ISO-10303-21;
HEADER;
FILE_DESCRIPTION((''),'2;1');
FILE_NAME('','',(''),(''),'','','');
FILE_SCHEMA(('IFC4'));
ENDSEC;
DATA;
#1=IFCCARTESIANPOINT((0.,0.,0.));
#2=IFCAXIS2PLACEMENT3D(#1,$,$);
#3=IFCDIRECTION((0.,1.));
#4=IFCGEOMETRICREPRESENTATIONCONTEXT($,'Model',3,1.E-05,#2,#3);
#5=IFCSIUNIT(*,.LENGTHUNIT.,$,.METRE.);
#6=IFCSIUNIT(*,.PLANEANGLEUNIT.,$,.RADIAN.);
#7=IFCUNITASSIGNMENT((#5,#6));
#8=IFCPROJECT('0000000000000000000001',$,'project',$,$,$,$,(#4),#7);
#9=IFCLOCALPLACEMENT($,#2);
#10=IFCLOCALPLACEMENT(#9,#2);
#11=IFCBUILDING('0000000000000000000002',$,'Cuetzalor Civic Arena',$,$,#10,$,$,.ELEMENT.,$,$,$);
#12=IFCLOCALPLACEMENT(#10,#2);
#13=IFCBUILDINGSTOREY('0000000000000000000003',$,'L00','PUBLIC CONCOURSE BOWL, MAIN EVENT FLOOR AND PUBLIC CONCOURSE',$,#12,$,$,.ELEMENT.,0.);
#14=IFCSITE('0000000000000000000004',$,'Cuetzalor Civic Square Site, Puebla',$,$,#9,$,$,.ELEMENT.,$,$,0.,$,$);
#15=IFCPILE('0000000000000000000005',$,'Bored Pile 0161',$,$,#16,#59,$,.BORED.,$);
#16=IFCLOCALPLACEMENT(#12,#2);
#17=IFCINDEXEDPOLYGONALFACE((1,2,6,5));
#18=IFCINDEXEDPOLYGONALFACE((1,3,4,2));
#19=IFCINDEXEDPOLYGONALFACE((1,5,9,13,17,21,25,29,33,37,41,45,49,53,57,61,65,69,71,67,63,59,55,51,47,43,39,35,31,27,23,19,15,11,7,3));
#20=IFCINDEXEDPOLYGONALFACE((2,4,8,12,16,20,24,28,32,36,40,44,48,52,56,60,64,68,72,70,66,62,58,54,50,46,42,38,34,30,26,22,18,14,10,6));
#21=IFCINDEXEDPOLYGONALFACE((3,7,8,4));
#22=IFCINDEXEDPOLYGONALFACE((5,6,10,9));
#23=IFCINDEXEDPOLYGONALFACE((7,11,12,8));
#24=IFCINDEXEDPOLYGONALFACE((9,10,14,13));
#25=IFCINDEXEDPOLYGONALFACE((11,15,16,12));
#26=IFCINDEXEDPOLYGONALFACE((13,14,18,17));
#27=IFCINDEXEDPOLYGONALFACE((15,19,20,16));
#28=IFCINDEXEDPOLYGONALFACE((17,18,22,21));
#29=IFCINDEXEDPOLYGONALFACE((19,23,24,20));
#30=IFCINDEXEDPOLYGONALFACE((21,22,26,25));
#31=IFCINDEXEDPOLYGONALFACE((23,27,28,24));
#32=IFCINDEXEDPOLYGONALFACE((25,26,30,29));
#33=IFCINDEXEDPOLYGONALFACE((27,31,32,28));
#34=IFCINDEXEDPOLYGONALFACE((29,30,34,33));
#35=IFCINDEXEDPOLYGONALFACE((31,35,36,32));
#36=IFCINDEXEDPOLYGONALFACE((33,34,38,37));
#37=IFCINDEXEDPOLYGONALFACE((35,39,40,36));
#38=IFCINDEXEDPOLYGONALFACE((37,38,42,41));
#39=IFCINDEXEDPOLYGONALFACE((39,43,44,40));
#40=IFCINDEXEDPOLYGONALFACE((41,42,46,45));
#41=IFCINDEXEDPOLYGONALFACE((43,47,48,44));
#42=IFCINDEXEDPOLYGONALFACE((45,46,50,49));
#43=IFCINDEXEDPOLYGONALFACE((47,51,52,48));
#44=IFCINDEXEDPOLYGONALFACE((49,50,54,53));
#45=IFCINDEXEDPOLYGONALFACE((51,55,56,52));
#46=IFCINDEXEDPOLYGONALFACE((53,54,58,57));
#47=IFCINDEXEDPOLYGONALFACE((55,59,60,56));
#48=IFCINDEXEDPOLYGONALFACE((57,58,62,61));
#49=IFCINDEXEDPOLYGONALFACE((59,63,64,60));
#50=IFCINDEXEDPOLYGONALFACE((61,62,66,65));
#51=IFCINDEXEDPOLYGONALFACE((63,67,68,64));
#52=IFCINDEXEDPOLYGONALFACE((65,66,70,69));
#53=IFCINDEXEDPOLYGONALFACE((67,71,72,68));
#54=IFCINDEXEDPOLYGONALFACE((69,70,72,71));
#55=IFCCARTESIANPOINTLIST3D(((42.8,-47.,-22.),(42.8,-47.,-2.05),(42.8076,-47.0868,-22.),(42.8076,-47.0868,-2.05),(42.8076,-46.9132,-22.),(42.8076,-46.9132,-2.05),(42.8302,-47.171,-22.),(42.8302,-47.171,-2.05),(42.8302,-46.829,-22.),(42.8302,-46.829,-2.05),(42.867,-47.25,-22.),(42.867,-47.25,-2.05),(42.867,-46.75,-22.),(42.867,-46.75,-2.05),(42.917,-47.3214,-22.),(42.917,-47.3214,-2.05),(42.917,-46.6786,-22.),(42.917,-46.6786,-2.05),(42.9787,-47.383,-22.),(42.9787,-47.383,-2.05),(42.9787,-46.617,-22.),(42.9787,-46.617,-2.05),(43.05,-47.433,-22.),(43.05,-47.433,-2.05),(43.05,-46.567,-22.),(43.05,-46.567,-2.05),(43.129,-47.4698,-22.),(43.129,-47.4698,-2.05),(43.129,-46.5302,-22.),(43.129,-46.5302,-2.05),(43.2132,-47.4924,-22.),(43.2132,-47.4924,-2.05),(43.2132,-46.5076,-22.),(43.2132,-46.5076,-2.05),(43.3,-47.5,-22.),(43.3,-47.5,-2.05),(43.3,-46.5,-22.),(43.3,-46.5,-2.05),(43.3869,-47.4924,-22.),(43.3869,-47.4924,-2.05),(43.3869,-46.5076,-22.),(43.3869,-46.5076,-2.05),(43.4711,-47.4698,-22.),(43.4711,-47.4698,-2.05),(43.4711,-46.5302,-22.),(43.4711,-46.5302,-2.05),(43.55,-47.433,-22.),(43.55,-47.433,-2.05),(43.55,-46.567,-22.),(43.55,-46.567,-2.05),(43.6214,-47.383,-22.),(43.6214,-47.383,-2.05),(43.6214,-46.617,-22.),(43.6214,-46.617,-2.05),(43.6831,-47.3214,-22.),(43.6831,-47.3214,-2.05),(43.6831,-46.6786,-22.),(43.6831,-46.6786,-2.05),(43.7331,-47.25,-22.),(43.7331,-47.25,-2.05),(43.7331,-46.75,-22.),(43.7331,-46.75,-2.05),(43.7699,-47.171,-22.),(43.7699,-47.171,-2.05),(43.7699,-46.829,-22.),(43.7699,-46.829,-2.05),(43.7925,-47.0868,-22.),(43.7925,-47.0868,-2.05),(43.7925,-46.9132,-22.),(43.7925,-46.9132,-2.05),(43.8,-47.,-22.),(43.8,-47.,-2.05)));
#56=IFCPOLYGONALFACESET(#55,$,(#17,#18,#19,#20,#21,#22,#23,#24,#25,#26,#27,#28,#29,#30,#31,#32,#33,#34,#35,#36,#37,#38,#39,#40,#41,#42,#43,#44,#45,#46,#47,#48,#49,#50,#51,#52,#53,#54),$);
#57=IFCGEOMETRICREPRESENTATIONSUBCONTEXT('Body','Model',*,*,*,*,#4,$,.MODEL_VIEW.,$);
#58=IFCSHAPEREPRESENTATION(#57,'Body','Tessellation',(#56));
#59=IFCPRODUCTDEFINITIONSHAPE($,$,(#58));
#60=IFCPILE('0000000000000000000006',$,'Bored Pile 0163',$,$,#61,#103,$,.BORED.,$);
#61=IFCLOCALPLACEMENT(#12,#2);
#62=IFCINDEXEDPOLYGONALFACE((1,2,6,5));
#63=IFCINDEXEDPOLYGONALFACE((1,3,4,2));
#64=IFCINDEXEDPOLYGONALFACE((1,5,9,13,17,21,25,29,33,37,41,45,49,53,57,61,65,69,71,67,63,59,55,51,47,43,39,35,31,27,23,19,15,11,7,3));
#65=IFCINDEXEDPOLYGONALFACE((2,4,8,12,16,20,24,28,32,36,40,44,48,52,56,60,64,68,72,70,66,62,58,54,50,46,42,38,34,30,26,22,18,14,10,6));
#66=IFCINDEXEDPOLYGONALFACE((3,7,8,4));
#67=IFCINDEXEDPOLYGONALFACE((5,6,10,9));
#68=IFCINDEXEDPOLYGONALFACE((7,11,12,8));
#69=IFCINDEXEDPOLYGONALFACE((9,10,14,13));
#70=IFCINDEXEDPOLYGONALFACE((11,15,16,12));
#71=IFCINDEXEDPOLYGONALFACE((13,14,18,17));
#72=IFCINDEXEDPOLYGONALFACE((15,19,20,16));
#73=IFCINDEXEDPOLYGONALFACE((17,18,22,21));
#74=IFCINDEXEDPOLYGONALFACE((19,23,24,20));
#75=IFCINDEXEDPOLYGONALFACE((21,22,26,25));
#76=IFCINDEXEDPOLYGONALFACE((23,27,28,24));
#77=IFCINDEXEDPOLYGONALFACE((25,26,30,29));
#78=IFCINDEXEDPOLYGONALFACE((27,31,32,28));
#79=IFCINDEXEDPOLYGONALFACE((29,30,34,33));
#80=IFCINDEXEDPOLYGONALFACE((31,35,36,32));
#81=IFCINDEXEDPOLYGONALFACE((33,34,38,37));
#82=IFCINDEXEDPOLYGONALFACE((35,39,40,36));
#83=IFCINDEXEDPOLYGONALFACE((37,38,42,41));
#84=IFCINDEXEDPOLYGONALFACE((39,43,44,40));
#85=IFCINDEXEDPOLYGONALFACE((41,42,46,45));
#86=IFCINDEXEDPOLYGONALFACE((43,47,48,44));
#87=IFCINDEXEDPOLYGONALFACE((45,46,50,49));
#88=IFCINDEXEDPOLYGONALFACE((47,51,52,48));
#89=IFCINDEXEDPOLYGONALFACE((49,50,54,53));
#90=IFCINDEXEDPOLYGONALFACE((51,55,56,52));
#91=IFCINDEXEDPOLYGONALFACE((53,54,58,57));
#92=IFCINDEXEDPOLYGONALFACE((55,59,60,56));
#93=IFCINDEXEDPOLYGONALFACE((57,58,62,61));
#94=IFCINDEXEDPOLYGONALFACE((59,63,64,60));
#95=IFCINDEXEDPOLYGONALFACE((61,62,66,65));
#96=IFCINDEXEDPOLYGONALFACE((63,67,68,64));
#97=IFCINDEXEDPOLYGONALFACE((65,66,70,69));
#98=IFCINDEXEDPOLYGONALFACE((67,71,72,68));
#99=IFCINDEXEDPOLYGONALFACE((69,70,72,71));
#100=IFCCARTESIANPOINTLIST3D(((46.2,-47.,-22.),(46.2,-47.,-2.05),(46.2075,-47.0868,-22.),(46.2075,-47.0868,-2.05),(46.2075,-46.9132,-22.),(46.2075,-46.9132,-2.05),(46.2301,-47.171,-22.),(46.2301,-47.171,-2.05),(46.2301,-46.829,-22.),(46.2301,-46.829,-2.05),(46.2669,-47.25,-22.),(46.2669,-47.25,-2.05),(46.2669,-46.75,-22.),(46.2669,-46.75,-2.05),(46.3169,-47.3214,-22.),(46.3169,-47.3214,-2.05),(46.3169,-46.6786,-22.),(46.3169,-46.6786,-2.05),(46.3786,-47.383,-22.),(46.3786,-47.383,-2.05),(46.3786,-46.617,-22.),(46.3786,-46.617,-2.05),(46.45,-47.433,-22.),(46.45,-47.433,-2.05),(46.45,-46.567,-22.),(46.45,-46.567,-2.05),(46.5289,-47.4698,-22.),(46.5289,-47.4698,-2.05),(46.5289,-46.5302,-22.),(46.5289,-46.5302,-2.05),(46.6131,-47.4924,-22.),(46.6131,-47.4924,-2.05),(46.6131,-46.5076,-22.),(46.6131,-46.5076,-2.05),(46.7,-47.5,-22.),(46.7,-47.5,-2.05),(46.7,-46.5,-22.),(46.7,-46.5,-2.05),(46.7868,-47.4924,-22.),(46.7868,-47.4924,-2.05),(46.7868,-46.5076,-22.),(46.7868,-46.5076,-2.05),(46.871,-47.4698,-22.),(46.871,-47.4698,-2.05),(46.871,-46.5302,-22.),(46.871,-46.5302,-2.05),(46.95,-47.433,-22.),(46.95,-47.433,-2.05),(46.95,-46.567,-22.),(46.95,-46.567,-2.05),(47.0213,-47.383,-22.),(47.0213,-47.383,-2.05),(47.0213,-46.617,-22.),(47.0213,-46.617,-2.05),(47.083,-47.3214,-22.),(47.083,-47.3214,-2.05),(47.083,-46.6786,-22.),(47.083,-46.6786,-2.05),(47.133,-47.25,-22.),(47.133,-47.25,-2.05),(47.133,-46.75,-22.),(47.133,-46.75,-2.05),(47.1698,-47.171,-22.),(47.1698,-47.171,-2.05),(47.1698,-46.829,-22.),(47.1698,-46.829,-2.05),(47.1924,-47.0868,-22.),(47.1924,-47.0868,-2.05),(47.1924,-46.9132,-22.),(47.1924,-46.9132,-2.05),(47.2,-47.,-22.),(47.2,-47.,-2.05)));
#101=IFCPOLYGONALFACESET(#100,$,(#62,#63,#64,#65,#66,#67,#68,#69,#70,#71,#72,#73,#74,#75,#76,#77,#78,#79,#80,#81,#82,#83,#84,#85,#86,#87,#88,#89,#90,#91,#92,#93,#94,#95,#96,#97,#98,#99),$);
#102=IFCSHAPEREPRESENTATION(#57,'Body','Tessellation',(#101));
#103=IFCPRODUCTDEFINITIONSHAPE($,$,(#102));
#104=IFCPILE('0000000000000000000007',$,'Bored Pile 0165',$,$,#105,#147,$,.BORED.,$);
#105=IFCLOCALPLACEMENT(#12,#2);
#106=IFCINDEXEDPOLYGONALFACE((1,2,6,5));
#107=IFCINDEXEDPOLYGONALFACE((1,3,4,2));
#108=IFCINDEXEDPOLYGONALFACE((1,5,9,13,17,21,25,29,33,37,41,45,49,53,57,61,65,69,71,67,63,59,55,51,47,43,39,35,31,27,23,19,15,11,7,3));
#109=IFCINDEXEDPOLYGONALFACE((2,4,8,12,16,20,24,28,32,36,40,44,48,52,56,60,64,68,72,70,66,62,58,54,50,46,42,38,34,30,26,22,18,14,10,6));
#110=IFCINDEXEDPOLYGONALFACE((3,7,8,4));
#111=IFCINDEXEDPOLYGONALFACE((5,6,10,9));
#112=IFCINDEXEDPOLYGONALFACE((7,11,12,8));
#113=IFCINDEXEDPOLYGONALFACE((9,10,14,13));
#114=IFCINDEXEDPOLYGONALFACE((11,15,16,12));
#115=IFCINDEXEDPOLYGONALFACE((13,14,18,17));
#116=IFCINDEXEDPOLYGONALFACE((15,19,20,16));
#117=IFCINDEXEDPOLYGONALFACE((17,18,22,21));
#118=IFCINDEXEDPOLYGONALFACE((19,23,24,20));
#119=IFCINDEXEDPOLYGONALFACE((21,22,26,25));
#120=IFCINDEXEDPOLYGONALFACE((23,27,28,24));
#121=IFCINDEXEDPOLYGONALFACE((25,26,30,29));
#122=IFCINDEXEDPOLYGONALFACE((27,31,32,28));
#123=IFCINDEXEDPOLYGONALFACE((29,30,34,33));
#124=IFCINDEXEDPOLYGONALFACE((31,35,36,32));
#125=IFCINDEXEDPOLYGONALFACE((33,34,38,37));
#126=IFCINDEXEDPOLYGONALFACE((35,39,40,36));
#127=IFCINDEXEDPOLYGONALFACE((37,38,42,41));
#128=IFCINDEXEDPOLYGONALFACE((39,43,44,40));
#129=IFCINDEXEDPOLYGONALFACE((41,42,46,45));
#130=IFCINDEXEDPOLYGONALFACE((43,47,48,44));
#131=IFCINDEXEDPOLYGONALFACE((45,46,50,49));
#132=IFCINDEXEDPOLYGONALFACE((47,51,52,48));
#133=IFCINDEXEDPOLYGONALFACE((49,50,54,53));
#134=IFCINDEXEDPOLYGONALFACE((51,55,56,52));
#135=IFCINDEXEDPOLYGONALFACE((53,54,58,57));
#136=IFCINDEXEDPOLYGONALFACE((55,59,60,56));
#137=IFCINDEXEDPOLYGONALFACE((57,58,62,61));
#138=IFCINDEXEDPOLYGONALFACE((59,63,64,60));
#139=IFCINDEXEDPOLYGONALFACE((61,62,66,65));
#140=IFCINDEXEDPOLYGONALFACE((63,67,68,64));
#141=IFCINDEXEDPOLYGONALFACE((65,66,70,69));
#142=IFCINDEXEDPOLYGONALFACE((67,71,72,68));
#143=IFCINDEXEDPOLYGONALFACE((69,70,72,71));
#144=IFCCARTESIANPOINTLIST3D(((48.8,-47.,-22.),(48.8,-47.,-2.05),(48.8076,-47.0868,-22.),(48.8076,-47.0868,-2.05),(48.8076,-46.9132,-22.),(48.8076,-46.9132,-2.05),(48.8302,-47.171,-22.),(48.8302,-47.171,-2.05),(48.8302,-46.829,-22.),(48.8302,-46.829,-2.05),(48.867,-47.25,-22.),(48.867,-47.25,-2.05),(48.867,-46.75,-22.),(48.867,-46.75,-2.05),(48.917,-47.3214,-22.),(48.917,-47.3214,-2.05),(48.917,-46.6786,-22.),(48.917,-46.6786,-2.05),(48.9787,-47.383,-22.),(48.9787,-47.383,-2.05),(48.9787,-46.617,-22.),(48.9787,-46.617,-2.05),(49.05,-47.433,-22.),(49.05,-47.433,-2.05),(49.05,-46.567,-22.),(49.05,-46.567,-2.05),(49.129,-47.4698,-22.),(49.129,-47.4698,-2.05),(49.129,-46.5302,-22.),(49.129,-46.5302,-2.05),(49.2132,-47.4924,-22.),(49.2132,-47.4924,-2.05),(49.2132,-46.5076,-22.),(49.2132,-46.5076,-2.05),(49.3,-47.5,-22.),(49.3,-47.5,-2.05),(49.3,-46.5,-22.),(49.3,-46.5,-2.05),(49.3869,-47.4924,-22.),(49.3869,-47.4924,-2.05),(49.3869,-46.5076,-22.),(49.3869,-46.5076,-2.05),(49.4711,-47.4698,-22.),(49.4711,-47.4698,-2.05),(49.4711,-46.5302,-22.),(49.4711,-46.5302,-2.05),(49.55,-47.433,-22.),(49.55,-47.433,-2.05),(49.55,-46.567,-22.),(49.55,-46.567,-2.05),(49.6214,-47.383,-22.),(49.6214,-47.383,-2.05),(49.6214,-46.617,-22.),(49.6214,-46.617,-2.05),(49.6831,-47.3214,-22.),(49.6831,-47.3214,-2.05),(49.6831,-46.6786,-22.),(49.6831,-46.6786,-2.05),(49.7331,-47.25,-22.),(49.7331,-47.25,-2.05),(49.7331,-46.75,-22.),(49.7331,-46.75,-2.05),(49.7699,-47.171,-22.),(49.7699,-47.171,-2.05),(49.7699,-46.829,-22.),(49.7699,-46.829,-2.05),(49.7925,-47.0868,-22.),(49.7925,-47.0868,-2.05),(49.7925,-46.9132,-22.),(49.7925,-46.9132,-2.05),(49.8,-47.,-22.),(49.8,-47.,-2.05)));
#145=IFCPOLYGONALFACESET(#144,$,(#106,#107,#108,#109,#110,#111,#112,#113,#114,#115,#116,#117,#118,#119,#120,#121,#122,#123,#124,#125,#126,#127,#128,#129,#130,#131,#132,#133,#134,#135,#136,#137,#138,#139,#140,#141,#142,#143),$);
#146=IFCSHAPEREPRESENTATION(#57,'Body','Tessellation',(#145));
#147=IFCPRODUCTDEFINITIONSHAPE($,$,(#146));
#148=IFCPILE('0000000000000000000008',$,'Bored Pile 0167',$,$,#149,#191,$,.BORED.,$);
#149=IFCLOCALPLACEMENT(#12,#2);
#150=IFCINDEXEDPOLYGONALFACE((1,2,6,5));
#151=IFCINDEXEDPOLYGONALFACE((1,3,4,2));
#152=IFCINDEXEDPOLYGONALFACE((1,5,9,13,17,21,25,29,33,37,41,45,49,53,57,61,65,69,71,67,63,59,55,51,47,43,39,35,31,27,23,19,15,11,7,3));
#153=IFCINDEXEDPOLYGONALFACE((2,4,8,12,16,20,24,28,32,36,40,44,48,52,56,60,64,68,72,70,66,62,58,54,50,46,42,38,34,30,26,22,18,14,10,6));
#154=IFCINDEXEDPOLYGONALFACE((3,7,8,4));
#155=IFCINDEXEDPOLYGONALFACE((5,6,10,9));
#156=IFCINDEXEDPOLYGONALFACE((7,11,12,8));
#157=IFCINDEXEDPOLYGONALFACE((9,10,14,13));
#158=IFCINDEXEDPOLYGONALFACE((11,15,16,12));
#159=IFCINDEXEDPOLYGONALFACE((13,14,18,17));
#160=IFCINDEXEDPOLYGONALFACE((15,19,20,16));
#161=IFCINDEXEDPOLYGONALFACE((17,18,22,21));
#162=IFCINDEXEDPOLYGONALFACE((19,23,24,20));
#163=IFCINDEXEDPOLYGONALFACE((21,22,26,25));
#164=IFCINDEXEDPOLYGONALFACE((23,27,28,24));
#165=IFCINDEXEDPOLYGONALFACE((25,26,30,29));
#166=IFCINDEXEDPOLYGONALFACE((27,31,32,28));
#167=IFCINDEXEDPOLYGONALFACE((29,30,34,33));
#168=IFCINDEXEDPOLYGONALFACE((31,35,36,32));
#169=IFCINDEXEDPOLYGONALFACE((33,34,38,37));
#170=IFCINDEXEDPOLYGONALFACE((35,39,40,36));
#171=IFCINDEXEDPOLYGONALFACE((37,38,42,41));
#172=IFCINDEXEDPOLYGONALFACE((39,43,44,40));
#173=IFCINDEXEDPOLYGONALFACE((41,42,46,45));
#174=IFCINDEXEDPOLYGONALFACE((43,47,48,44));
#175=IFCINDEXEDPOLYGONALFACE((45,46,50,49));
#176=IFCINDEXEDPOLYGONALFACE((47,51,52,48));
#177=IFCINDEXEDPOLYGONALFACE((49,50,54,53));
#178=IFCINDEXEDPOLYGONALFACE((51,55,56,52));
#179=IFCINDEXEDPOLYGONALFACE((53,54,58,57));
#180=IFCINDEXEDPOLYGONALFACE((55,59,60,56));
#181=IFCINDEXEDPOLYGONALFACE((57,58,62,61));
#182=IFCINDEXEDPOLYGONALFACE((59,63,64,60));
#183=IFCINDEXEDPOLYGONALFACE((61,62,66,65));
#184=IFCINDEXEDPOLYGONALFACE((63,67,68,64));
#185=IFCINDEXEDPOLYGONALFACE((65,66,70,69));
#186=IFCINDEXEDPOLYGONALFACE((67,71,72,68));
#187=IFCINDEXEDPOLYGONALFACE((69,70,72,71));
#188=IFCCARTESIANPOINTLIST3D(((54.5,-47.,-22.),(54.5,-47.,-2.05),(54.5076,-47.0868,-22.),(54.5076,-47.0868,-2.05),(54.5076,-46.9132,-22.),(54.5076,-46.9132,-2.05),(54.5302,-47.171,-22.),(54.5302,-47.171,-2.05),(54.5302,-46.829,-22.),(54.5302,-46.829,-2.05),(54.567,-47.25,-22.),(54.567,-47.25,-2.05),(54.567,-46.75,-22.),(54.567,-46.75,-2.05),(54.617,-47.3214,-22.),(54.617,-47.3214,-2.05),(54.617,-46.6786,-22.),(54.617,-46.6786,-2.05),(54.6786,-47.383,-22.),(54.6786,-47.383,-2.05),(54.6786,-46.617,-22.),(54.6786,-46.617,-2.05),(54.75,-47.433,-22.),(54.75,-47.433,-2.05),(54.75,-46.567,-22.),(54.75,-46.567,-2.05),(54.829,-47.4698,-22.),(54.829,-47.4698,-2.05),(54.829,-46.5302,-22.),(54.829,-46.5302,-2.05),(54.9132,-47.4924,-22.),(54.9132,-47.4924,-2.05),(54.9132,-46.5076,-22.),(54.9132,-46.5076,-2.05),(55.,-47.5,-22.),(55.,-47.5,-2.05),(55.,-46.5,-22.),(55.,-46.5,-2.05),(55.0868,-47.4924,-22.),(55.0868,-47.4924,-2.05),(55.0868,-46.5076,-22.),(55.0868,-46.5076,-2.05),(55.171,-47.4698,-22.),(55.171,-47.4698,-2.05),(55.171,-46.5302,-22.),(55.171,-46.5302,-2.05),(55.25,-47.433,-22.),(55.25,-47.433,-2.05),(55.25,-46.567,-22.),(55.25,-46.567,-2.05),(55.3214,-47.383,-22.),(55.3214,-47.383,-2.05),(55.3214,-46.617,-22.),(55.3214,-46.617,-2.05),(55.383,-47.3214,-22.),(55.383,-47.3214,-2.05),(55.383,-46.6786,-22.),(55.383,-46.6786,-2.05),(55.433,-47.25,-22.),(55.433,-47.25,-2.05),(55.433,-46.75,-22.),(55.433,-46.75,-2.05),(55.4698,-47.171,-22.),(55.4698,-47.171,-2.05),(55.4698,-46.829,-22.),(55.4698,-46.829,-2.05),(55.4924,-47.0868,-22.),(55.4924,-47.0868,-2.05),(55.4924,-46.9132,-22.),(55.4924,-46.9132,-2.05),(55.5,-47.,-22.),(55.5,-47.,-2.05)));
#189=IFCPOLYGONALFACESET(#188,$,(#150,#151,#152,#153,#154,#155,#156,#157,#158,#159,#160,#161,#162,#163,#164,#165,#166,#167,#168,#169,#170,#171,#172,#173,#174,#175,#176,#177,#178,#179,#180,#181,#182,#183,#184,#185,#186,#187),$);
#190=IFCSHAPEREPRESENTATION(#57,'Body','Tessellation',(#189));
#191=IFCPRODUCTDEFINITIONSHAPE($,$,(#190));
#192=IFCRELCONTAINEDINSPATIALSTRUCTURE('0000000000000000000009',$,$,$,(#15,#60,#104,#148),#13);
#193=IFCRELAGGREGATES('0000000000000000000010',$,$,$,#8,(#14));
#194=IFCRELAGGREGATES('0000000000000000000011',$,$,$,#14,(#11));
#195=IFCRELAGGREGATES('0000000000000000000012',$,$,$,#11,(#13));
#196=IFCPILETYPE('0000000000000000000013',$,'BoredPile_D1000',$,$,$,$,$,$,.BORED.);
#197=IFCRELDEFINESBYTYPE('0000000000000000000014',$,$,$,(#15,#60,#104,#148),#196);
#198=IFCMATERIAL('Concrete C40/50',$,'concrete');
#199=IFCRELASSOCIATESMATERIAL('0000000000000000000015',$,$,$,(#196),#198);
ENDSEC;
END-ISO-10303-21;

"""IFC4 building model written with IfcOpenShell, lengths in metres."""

from ifc_helpers import new_model, si_unit, direction, frame, origin, origin_2d, place, context, subcontext, project, spatial, circle, extrude, material, material_profile, profile_set, type_object, element, save


model = new_model("IFC4")

# Units and contexts
model_context = context("Model", 3, precision=1e-05, world=origin(), true_north=direction((0.0, 1.0)))
body_context = subcontext(model_context, "Body", "Model", "MODEL_VIEW")
ifc_project = project(units=[si_unit("LENGTHUNIT", "METRE"), si_unit("PLANEANGLEUNIT", "RADIAN")], contexts=[model_context])

# Site, building, storey
site_placement = place(None, origin())
site = spatial("IfcSite", under=ifc_project, at=site_placement, Name="Cuetzalor Civic Square Site, Puebla", CompositionType="ELEMENT", RefElevation=0.0)
building_placement = place(site_placement, origin())
building = spatial("IfcBuilding", under=site, at=building_placement, Name="Cuetzalor Civic Arena", CompositionType="ELEMENT")
storey_placement = place(building_placement, origin())
storey = spatial("IfcBuildingStorey", under=building, at=storey_placement, Name="L00", Description="PUBLIC CONCOURSE BOWL, MAIN EVENT FLOOR AND PUBLIC CONCOURSE", CompositionType="ELEMENT", Elevation=0.0)

# Piles
ifc_material_1 = material(Name="Concrete C40/50", Category="concrete")
ifc_material_profile_1 = material_profile(ifc_material_1, circle(Radius=0.5, at=origin_2d()), Name="BORED PILE D1000")
ifc_profile_set_1 = profile_set([ifc_material_profile_1], Name="Concrete C40/50")
pile_type = type_object("IfcPileType", Name="BoredPile_D1000", PredefinedType="BORED", material=ifc_profile_set_1)
for number, where, z_axis, x_axis, name in (
    (1, (43.3, -47.0, -2.05), (0.0, 0.0, -1.0), (1.0, 0.0, 0.0), "Bored Pile 0161"),
    (2, (46.7, -47.0, -2.05), (0.0, 0.0, -1.0), (1.0, 0.0, 0.0), "Bored Pile 0163"),
    (3, (49.3, -47.0, -2.05), (0.0, 0.0, -1.0), (1.0, 0.0, 0.0), "Bored Pile 0165"),
    (4, (55.0, -47.0, -2.05), (0.0, 0.0, -1.0), (1.0, 0.0, 0.0), "Bored Pile 0167"),
):
    element("IfcPile", number, at=place(storey_placement, frame(where, z_axis=z_axis, x_axis=x_axis)), inside=storey, type_object=pile_type, Name=name, PredefinedType="BORED", context=body_context, shape_type="SweptSolid", body=[
        extrude(circle(Radius=0.5, at=origin_2d()), origin(), (0.0, 0.0, 1.0), 19.95),
    ])

save(model, "model.ifc")
